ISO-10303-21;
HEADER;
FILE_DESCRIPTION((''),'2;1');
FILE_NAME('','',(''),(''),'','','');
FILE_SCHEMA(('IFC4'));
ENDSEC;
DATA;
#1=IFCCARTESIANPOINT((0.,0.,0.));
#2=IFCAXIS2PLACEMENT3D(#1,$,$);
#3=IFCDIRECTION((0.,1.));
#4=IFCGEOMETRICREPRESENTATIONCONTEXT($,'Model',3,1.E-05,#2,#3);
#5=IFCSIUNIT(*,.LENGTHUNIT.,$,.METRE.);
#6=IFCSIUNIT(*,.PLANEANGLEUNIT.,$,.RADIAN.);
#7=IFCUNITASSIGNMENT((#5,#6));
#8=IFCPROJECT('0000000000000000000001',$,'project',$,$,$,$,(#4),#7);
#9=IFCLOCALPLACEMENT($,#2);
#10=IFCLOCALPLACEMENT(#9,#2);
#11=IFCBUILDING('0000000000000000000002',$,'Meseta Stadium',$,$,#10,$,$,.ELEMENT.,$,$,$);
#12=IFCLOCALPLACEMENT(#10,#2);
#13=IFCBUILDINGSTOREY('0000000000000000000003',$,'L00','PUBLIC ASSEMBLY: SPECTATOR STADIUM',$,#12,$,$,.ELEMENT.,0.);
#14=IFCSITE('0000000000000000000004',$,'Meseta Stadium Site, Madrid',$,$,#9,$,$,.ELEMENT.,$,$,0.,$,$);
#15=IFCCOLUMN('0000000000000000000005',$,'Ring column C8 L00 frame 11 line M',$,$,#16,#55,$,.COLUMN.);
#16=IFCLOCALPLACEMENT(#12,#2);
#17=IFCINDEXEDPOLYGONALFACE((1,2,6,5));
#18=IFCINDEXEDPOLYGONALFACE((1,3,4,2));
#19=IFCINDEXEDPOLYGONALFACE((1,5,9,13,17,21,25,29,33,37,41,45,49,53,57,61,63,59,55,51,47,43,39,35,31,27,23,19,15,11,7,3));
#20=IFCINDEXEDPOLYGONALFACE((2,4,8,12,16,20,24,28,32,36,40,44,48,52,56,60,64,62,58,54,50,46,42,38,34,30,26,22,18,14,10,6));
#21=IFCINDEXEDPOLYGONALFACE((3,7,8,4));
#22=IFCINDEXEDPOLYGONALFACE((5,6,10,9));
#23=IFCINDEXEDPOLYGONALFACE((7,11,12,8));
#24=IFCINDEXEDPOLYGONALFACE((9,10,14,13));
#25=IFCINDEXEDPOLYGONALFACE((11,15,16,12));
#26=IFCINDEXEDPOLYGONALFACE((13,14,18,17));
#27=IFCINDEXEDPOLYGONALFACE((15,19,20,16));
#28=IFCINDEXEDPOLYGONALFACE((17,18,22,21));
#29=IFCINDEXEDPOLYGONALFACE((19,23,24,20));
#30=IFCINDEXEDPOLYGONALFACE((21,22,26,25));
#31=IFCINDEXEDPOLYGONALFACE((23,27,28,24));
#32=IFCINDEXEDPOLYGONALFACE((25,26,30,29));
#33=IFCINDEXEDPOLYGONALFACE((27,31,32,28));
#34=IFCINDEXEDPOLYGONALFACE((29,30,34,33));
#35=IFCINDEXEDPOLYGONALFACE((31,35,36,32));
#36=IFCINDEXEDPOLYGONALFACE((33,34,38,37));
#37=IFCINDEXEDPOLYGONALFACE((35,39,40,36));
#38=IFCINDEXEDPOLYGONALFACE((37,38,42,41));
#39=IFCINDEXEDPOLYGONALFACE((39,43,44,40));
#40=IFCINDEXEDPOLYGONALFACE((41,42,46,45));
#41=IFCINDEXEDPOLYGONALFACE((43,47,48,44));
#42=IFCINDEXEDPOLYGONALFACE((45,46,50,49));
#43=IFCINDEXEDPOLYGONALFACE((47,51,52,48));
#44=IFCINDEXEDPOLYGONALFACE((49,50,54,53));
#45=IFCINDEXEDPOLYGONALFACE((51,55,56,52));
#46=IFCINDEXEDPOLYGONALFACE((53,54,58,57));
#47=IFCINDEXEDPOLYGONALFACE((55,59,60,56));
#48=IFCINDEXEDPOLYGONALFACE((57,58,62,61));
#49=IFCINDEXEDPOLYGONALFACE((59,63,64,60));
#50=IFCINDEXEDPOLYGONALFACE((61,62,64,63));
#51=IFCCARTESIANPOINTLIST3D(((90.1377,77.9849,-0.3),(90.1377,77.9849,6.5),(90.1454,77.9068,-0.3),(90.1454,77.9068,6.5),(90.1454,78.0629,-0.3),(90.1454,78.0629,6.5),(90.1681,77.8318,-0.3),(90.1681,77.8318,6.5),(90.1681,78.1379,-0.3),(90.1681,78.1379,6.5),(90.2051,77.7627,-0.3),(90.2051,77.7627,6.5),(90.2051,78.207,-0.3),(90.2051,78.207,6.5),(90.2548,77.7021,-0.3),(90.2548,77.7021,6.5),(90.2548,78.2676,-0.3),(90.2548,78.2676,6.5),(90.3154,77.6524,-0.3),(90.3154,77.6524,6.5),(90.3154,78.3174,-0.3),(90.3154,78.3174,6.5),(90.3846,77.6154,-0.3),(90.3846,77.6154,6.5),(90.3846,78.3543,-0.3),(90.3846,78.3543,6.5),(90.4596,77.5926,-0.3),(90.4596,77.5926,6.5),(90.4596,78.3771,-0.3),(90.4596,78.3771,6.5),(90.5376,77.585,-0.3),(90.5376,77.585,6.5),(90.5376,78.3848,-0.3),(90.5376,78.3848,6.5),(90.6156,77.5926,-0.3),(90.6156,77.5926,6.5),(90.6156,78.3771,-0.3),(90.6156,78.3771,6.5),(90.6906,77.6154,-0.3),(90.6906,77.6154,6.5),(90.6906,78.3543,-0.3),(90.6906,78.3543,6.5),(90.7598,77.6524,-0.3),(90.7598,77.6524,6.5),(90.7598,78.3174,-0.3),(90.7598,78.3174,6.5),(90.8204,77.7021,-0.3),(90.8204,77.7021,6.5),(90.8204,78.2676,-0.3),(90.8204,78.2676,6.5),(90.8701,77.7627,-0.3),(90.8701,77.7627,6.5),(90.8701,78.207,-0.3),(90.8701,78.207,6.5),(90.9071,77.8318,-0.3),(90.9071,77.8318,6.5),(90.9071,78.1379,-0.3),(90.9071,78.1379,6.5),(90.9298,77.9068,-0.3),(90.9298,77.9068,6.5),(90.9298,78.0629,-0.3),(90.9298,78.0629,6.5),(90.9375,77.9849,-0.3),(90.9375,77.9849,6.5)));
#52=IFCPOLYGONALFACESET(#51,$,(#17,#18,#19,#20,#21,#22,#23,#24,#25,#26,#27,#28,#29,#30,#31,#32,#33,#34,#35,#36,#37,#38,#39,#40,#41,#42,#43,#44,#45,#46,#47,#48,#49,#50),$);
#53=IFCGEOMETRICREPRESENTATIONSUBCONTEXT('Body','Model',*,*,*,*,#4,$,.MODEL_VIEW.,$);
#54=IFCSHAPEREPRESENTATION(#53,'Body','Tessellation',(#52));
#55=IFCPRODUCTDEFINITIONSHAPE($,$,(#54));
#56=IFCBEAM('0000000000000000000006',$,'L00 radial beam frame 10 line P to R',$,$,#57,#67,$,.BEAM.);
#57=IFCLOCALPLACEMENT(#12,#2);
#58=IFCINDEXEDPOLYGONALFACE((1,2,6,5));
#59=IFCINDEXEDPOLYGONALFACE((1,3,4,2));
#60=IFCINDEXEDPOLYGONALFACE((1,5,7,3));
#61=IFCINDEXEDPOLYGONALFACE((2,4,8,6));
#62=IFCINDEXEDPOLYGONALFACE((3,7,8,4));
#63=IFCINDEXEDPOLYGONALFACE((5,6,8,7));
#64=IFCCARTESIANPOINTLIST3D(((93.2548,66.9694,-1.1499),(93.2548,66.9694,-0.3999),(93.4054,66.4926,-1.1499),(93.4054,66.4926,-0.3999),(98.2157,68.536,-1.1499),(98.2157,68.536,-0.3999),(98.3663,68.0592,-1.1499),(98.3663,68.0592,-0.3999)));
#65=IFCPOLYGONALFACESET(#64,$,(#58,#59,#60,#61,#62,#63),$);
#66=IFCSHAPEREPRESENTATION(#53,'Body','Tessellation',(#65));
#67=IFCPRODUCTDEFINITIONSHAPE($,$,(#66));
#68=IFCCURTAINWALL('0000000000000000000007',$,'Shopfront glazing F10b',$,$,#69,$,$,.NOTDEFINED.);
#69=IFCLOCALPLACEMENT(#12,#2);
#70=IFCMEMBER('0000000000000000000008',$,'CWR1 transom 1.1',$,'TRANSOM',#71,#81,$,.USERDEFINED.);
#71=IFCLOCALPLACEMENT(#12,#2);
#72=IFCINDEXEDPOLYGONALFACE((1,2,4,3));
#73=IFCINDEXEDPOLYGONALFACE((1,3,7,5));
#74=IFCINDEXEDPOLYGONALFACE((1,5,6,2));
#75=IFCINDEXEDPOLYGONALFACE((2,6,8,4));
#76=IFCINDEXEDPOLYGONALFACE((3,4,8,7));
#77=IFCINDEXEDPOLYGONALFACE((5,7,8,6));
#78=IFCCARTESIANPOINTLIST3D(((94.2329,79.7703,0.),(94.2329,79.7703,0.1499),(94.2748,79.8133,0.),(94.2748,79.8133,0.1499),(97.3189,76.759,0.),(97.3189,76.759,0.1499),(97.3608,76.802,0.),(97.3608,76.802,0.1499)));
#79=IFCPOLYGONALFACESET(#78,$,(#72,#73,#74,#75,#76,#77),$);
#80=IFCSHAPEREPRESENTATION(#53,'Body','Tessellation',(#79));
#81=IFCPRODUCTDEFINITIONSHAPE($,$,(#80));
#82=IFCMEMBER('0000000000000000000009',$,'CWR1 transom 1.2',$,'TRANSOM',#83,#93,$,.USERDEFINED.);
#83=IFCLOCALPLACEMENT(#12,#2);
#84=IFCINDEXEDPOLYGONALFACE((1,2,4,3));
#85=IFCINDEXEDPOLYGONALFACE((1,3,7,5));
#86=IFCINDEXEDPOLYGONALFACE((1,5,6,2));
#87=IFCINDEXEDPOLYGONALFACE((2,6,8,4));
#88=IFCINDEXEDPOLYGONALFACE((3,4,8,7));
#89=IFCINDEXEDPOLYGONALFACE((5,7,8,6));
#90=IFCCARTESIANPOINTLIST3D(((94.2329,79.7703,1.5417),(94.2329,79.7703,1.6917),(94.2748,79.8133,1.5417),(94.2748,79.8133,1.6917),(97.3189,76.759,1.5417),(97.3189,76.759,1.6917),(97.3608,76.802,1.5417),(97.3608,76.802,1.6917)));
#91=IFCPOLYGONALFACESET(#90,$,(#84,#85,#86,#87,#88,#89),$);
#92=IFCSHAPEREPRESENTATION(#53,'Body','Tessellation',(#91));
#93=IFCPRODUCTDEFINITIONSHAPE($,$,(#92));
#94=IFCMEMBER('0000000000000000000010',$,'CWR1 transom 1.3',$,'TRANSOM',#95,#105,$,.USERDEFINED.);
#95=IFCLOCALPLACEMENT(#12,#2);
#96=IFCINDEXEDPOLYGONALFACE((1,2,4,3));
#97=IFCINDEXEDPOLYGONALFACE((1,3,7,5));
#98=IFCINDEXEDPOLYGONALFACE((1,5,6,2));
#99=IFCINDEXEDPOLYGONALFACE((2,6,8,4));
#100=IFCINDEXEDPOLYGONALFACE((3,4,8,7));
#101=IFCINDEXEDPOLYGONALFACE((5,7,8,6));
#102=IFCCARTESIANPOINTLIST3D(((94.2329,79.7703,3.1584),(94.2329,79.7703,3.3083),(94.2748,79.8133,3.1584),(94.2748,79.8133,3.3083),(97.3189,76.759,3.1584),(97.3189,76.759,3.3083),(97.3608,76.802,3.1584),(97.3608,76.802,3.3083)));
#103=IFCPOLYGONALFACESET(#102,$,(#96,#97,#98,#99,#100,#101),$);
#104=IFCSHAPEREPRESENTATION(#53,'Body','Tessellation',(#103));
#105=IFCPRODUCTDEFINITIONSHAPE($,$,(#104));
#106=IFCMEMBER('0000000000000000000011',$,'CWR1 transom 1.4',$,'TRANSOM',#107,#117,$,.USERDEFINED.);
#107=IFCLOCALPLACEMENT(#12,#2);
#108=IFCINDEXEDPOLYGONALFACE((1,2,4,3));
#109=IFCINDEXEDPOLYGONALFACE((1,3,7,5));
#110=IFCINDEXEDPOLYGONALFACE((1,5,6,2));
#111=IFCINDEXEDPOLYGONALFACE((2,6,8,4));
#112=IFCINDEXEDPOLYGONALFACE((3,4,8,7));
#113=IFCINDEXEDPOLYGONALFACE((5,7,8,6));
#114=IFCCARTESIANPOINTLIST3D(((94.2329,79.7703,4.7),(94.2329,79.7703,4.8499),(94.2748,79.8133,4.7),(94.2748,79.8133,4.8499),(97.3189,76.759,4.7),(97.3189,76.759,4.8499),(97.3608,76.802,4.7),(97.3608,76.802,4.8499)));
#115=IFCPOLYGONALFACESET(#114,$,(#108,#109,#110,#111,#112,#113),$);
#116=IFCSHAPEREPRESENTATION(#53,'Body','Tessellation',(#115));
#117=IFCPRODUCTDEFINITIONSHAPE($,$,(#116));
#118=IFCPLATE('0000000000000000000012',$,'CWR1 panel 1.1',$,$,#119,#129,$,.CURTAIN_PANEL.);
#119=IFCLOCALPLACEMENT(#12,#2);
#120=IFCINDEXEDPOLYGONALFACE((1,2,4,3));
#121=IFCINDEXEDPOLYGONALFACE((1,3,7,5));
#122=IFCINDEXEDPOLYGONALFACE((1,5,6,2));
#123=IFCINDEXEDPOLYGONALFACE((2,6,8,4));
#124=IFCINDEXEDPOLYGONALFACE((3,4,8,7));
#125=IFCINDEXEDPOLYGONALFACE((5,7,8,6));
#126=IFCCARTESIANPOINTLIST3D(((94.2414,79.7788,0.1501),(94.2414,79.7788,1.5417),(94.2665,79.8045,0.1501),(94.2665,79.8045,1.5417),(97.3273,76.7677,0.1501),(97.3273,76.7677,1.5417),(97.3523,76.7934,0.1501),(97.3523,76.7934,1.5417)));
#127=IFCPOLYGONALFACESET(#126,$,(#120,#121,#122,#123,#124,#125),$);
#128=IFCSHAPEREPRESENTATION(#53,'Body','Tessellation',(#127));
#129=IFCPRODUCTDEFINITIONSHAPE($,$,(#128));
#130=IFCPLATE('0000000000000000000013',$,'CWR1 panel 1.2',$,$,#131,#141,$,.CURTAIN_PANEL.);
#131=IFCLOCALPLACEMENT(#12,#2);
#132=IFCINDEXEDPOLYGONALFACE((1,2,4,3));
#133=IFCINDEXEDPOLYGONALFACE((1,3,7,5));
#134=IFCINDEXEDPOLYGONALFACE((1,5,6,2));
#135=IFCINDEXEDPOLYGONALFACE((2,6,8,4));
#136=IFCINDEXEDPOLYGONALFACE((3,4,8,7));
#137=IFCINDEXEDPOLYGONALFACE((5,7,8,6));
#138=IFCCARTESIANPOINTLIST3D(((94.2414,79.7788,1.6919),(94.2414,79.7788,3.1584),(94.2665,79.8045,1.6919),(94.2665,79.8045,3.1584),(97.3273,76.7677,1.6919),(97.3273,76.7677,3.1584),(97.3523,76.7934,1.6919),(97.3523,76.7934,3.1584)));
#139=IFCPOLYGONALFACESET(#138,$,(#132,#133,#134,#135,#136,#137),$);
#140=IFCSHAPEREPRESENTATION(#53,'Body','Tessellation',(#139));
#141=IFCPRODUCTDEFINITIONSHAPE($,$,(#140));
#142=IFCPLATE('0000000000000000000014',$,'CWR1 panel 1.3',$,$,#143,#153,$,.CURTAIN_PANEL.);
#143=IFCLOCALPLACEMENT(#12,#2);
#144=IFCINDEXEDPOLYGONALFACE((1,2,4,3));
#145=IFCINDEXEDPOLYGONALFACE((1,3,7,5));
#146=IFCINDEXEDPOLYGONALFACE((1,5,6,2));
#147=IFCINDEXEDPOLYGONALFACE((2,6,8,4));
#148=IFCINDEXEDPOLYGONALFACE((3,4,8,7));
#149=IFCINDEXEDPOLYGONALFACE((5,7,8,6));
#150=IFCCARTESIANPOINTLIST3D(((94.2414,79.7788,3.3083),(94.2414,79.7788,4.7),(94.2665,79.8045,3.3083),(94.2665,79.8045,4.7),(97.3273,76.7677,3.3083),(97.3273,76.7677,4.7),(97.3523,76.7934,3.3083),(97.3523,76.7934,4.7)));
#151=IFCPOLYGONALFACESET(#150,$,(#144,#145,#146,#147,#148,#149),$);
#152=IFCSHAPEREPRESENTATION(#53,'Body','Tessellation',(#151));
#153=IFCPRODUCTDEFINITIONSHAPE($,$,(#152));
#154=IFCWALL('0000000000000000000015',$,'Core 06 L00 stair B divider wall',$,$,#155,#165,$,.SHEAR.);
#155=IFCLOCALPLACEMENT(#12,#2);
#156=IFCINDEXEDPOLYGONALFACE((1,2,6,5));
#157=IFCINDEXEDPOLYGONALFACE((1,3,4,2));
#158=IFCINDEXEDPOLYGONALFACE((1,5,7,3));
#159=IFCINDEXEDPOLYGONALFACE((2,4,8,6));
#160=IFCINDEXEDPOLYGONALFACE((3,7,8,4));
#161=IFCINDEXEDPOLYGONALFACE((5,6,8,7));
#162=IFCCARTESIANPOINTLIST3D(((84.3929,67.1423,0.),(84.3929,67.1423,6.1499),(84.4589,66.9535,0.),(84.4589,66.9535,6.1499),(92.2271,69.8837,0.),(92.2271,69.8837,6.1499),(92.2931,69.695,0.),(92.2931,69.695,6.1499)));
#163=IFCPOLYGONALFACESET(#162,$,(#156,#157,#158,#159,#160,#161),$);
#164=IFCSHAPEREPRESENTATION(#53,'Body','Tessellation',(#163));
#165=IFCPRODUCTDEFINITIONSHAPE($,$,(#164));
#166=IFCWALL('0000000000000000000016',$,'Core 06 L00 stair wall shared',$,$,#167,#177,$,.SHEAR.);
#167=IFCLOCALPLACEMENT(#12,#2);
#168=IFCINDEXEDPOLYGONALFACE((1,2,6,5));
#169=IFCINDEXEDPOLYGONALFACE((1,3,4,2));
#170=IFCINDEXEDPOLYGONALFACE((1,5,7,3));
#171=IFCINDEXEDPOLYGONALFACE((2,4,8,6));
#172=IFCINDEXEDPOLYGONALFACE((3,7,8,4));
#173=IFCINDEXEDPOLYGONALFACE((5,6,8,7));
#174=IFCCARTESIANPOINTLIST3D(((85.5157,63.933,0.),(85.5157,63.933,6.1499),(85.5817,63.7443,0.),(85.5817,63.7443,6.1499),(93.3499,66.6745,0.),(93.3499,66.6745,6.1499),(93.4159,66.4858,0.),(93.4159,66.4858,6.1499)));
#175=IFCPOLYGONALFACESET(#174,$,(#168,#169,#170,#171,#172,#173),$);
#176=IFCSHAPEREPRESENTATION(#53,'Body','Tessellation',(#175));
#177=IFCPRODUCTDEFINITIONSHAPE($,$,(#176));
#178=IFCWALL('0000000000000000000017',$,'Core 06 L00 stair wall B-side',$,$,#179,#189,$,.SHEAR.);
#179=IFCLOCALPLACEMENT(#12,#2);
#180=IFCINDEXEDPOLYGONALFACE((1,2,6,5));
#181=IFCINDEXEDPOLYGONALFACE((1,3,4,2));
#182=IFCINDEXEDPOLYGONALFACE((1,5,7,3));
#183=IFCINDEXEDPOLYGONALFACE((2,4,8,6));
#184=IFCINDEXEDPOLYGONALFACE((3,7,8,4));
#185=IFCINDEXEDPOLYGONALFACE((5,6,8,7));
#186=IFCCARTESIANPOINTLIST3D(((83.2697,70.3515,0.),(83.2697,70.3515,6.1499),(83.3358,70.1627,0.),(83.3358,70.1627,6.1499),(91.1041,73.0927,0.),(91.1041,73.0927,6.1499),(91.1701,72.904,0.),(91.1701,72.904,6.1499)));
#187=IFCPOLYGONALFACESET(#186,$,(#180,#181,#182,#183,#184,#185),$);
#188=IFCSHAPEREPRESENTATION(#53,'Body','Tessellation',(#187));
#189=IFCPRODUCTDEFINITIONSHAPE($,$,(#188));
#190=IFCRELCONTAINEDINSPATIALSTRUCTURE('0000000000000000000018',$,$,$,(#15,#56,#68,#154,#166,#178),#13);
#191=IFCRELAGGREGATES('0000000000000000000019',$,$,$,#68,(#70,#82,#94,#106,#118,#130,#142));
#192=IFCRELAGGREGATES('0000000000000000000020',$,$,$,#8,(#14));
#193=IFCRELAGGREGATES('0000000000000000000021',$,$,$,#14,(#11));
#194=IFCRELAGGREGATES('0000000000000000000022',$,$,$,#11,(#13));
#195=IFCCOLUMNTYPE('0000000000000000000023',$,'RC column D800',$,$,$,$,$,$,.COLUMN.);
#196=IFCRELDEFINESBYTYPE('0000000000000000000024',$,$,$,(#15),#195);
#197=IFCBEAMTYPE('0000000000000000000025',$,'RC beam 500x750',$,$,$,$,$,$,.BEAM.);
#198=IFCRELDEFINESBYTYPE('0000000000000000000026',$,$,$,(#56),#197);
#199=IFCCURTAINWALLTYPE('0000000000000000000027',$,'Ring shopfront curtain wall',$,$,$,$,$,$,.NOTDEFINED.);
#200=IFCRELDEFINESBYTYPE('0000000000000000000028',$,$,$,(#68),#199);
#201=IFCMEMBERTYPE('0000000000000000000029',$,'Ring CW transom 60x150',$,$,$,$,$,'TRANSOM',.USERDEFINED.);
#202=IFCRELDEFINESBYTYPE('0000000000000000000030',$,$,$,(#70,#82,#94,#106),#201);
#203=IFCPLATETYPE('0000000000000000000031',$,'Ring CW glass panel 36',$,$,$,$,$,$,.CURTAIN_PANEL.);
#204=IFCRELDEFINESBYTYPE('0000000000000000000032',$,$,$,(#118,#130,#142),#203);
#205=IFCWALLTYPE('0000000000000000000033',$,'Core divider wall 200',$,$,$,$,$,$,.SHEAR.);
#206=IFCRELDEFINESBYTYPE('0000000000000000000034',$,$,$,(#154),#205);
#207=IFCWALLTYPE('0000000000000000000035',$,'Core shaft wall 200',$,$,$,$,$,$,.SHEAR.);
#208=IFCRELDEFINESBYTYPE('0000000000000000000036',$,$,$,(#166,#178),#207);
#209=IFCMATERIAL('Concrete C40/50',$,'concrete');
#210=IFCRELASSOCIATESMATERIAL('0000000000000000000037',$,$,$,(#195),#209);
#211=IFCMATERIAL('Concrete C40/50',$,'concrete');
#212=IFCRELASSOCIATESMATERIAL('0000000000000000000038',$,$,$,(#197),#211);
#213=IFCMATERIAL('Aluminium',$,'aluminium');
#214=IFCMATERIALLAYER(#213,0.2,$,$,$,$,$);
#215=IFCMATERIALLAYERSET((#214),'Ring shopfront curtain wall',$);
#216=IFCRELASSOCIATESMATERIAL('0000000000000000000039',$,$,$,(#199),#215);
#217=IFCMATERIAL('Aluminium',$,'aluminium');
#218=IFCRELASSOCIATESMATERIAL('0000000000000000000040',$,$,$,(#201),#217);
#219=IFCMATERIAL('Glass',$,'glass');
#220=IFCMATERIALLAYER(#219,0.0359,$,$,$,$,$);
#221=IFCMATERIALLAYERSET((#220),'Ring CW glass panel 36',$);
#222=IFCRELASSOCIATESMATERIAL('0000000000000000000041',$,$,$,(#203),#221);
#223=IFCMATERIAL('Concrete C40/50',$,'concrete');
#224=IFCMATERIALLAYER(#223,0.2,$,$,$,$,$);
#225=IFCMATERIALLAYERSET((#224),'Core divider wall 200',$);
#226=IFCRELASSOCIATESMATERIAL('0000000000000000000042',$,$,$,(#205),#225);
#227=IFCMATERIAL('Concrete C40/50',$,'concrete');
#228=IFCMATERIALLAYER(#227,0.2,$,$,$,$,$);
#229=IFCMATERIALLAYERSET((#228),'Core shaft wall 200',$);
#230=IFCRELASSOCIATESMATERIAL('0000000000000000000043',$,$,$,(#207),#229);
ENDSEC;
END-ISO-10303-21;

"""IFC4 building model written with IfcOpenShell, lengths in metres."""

from ifc_helpers import new_model, si_unit, direction, frame, frame_2d, origin, origin_2d, place, context, subcontext, project, spatial, rectangle, circle, extrude, material, layer, layer_set, material_profile, profile_set, type_object, element, aggregate, save


model = new_model("IFC4")

# Units and contexts
model_context = context("Model", 3, precision=1e-05, world=origin(), true_north=direction((0.0, 1.0)))
body_context = subcontext(model_context, "Body", "Model", "MODEL_VIEW")
ifc_project = project(units=[si_unit("LENGTHUNIT", "METRE"), si_unit("PLANEANGLEUNIT", "RADIAN")], contexts=[model_context])

# Site, building, storey
site_placement = place(None, origin())
site = spatial("IfcSite", under=ifc_project, at=site_placement, Name="Meseta Stadium Site, Madrid", CompositionType="ELEMENT", RefElevation=0.0)
building_placement = place(site_placement, origin())
building = spatial("IfcBuilding", under=site, at=building_placement, Name="Meseta Stadium", CompositionType="ELEMENT")
storey_placement = place(building_placement, origin())
storey = spatial("IfcBuildingStorey", under=building, at=storey_placement, Name="L00", Description="PUBLIC ASSEMBLY: SPECTATOR STADIUM", CompositionType="ELEMENT", Elevation=0.0)

# Column
ifc_material_1 = material(Name="Concrete C40/50", Category="concrete")
ifc_material_profile_1 = material_profile(ifc_material_1, circle(Radius=0.3999, at=origin_2d()), Name="RC D800")
ifc_profile_set_1 = profile_set([ifc_material_profile_1], Name="Concrete C40/50")
column_type = type_object("IfcColumnType", Name="RC column D800", PredefinedType="COLUMN", material=ifc_profile_set_1)
column_placement = place(storey_placement, frame((90.5376, 77.9849, -0.3), z_axis=(0.0, 0.0, 1.0), x_axis=(1.0, 0.0, 0.0)))
element("IfcColumn", 1, at=column_placement, inside=storey, type_object=column_type, Name="Ring column C8 L00 frame 11 line M", PredefinedType="COLUMN", context=body_context, shape_type="SweptSolid", body=[
    extrude(circle(Radius=0.3999, at=origin_2d()), origin(), (0.0, 0.0, 1.0), 6.8),
])

# Beam
ifc_material_2 = material(Name="Concrete C40/50", Category="concrete")
ifc_material_profile_2 = material_profile(ifc_material_2, rectangle(XDim=0.5, YDim=0.75, at=origin_2d()), Name="RC 500x750")
ifc_profile_set_2 = profile_set([ifc_material_profile_2], Name="Concrete C40/50")
beam_type = type_object("IfcBeamType", Name="RC beam 500x750", PredefinedType="BEAM", material=ifc_profile_set_2)
beam_placement = place(storey_placement, frame((93.3301, 66.731, -0.7749), z_axis=(0.953581, 0.301138, 0.0), x_axis=(-0.301138, 0.953581, 0.0)))
element("IfcBeam", 2, at=beam_placement, inside=storey, type_object=beam_type, Name="L00 radial beam frame 10 line P to R", PredefinedType="BEAM", context=body_context, shape_type="SweptSolid", body=[
    extrude(rectangle(XDim=0.5, YDim=0.75, at=origin_2d()), origin(), (0.0, 0.0, 1.0), 5.2024),
])

# Curtain wall, members, plates
ifc_material_3 = material(Name="Aluminium", Category="aluminium")
ifc_layer_1 = layer(ifc_material_3, 0.2)
ifc_layer_set_1 = layer_set([ifc_layer_1], Name="Ring shopfront curtain wall")
curtain_wall_type = type_object("IfcCurtainWallType", Name="Ring shopfront curtain wall", PredefinedType="NOTDEFINED", material=ifc_layer_set_1)
curtain_wall_placement = place(storey_placement, origin())
curtain_wall = element("IfcCurtainWall", 3, at=curtain_wall_placement, inside=storey, type_object=curtain_wall_type, Name="Shopfront glazing F10b", PredefinedType="NOTDEFINED")
ifc_material_4 = material(Name="Aluminium", Category="aluminium")
ifc_material_profile_3 = material_profile(ifc_material_4, rectangle(XDim=0.0601, YDim=0.1499, at=origin_2d()), Name="CW 60x150")
ifc_profile_set_3 = profile_set([ifc_material_profile_3], Name="Aluminium")
member_type = type_object("IfcMemberType", Name="Ring CW transom 60x150", ElementType="TRANSOM", PredefinedType="USERDEFINED", material=ifc_profile_set_3)
member_1_placement = place(storey_placement, frame((97.3398, 76.7805, 0.075), z_axis=(-0.715717, 0.69839, 0.0), x_axis=(-0.69839, -0.715717, 0.0)))
member_1 = element("IfcMember", 4, at=member_1_placement, type_object=member_type, Name="CWR1 transom 1.1", ObjectType="TRANSOM", PredefinedType="USERDEFINED", context=body_context, shape_type="SweptSolid", body=[
    extrude(rectangle(XDim=0.0601, YDim=0.1499, at=origin_2d()), origin(), (0.0, 0.0, 1.0), 4.3118),
])
member_2_placement = place(storey_placement, frame((97.3398, 76.7805, 1.6167), z_axis=(-0.715717, 0.69839, 0.0), x_axis=(-0.69839, -0.715717, 0.0)))
member_2 = element("IfcMember", 5, at=member_2_placement, type_object=member_type, Name="CWR1 transom 1.2", ObjectType="TRANSOM", PredefinedType="USERDEFINED", context=body_context, shape_type="SweptSolid", body=[
    extrude(rectangle(XDim=0.0601, YDim=0.1499, at=origin_2d()), origin(), (0.0, 0.0, 1.0), 4.3118),
])
member_3_placement = place(storey_placement, frame((97.3398, 76.7805, 3.2334), z_axis=(-0.715717, 0.69839, 0.0), x_axis=(-0.69839, -0.715717, 0.0)))
member_3 = element("IfcMember", 6, at=member_3_placement, type_object=member_type, Name="CWR1 transom 1.3", ObjectType="TRANSOM", PredefinedType="USERDEFINED", context=body_context, shape_type="SweptSolid", body=[
    extrude(rectangle(XDim=0.0601, YDim=0.1499, at=origin_2d()), origin(), (0.0, 0.0, 1.0), 4.3118),
])
member_4_placement = place(storey_placement, frame((97.3398, 76.7805, 4.7749), z_axis=(-0.715717, 0.69839, 0.0), x_axis=(-0.69839, -0.715717, 0.0)))
member_4 = element("IfcMember", 7, at=member_4_placement, type_object=member_type, Name="CWR1 transom 1.4", ObjectType="TRANSOM", PredefinedType="USERDEFINED", context=body_context, shape_type="SweptSolid", body=[
    extrude(rectangle(XDim=0.0601, YDim=0.1499, at=origin_2d()), origin(), (0.0, 0.0, 1.0), 4.3118),
])
ifc_material_5 = material(Name="Glass", Category="glass")
ifc_layer_2 = layer(ifc_material_5, 0.0359)
ifc_layer_set_2 = layer_set([ifc_layer_2], Name="Ring CW glass panel 36")
plate_type = type_object("IfcPlateType", Name="Ring CW glass panel 36", PredefinedType="CURTAIN_PANEL", material=ifc_layer_set_2)
plate_1_placement = place(storey_placement, frame((95.7969, 78.2861, 0.1501), z_axis=(0.0, 0.0, 1.0), x_axis=(-0.715719, 0.698389, 0.0)))
plate_1 = element("IfcPlate", 8, at=plate_1_placement, type_object=plate_type, Name="CWR1 panel 1.1", PredefinedType="CURTAIN_PANEL", context=body_context, shape_type="SweptSolid", body=[
    extrude(rectangle(XDim=4.3115, YDim=0.0359, at=origin_2d()), origin(), (0.0, 0.0, 1.0), 1.3916),
])
plate_2_placement = place(storey_placement, frame((95.7969, 78.2861, 1.6919), z_axis=(0.0, 0.0, 1.0), x_axis=(-0.715719, 0.698389, 0.0)))
plate_2 = element("IfcPlate", 9, at=plate_2_placement, type_object=plate_type, Name="CWR1 panel 1.2", PredefinedType="CURTAIN_PANEL", context=body_context, shape_type="SweptSolid", body=[
    extrude(rectangle(XDim=4.3115, YDim=0.0359, at=origin_2d()), origin(), (0.0, 0.0, 1.0), 1.4666),
])
plate_3_placement = place(storey_placement, frame((95.7969, 78.2861, 3.3083), z_axis=(0.0, 0.0, 1.0), x_axis=(-0.715719, 0.698389, 0.0)))
plate_3 = element("IfcPlate", 10, at=plate_3_placement, type_object=plate_type, Name="CWR1 panel 1.3", PredefinedType="CURTAIN_PANEL", context=body_context, shape_type="SweptSolid", body=[
    extrude(rectangle(XDim=4.3115, YDim=0.0359, at=origin_2d()), origin(), (0.0, 0.0, 1.0), 1.3916),
])
aggregate(curtain_wall, [member_1, member_2, member_3, member_4, plate_1, plate_2, plate_3])

# Walls
ifc_material_6 = material(Name="Concrete C40/50", Category="concrete")
ifc_layer_3 = layer(ifc_material_6, 0.2)
ifc_layer_set_3 = layer_set([ifc_layer_3], Name="Core divider wall 200")
wall_type_1 = type_object("IfcWallType", Name="Core divider wall 200", PredefinedType="SHEAR", material=ifc_layer_set_3)
wall_1_placement = place(storey_placement, frame((92.26, 69.7893, 0.0), z_axis=(0.0, 0.0, 1.0), x_axis=(-0.943878, -0.330294, 0.0)))
element("IfcWall", 11, at=wall_1_placement, inside=storey, type_object=wall_type_1, Name="Core 06 L00 stair B divider wall", PredefinedType="SHEAR", context=body_context, shape_type="SweptSolid", body=[
    extrude(rectangle(XDim=8.3, YDim=0.2, at=frame_2d((4.1499, 0.0))), origin(), (0.0, 0.0, 1.0), 6.1499),
])
ifc_material_7 = material(Name="Concrete C40/50", Category="concrete")
ifc_layer_4 = layer(ifc_material_7, 0.2)
ifc_layer_set_4 = layer_set([ifc_layer_4], Name="Core shaft wall 200")
wall_type_2 = type_object("IfcWallType", Name="Core shaft wall 200", PredefinedType="SHEAR", material=ifc_layer_set_4)
for number, where, z_axis, x_axis, name in (
    (12, (93.3828, 66.5801, 0.0), (0.0, 0.0, 1.0), (-0.943878, -0.330294, 0.0), "Core 06 L00 stair wall shared"),
    (13, (91.137, 72.9983, 0.0), (0.0, 0.0, 1.0), (-0.943887, -0.330268, 0.0), "Core 06 L00 stair wall B-side"),
):
    element("IfcWall", number, at=place(storey_placement, frame(where, z_axis=z_axis, x_axis=x_axis)), inside=storey, type_object=wall_type_2, Name=name, PredefinedType="SHEAR", context=body_context, shape_type="SweptSolid", body=[
        extrude(rectangle(XDim=8.3, YDim=0.2, at=frame_2d((4.1499, 0.0))), origin(), (0.0, 0.0, 1.0), 6.1499),
    ])

save(model, "model.ifc")
